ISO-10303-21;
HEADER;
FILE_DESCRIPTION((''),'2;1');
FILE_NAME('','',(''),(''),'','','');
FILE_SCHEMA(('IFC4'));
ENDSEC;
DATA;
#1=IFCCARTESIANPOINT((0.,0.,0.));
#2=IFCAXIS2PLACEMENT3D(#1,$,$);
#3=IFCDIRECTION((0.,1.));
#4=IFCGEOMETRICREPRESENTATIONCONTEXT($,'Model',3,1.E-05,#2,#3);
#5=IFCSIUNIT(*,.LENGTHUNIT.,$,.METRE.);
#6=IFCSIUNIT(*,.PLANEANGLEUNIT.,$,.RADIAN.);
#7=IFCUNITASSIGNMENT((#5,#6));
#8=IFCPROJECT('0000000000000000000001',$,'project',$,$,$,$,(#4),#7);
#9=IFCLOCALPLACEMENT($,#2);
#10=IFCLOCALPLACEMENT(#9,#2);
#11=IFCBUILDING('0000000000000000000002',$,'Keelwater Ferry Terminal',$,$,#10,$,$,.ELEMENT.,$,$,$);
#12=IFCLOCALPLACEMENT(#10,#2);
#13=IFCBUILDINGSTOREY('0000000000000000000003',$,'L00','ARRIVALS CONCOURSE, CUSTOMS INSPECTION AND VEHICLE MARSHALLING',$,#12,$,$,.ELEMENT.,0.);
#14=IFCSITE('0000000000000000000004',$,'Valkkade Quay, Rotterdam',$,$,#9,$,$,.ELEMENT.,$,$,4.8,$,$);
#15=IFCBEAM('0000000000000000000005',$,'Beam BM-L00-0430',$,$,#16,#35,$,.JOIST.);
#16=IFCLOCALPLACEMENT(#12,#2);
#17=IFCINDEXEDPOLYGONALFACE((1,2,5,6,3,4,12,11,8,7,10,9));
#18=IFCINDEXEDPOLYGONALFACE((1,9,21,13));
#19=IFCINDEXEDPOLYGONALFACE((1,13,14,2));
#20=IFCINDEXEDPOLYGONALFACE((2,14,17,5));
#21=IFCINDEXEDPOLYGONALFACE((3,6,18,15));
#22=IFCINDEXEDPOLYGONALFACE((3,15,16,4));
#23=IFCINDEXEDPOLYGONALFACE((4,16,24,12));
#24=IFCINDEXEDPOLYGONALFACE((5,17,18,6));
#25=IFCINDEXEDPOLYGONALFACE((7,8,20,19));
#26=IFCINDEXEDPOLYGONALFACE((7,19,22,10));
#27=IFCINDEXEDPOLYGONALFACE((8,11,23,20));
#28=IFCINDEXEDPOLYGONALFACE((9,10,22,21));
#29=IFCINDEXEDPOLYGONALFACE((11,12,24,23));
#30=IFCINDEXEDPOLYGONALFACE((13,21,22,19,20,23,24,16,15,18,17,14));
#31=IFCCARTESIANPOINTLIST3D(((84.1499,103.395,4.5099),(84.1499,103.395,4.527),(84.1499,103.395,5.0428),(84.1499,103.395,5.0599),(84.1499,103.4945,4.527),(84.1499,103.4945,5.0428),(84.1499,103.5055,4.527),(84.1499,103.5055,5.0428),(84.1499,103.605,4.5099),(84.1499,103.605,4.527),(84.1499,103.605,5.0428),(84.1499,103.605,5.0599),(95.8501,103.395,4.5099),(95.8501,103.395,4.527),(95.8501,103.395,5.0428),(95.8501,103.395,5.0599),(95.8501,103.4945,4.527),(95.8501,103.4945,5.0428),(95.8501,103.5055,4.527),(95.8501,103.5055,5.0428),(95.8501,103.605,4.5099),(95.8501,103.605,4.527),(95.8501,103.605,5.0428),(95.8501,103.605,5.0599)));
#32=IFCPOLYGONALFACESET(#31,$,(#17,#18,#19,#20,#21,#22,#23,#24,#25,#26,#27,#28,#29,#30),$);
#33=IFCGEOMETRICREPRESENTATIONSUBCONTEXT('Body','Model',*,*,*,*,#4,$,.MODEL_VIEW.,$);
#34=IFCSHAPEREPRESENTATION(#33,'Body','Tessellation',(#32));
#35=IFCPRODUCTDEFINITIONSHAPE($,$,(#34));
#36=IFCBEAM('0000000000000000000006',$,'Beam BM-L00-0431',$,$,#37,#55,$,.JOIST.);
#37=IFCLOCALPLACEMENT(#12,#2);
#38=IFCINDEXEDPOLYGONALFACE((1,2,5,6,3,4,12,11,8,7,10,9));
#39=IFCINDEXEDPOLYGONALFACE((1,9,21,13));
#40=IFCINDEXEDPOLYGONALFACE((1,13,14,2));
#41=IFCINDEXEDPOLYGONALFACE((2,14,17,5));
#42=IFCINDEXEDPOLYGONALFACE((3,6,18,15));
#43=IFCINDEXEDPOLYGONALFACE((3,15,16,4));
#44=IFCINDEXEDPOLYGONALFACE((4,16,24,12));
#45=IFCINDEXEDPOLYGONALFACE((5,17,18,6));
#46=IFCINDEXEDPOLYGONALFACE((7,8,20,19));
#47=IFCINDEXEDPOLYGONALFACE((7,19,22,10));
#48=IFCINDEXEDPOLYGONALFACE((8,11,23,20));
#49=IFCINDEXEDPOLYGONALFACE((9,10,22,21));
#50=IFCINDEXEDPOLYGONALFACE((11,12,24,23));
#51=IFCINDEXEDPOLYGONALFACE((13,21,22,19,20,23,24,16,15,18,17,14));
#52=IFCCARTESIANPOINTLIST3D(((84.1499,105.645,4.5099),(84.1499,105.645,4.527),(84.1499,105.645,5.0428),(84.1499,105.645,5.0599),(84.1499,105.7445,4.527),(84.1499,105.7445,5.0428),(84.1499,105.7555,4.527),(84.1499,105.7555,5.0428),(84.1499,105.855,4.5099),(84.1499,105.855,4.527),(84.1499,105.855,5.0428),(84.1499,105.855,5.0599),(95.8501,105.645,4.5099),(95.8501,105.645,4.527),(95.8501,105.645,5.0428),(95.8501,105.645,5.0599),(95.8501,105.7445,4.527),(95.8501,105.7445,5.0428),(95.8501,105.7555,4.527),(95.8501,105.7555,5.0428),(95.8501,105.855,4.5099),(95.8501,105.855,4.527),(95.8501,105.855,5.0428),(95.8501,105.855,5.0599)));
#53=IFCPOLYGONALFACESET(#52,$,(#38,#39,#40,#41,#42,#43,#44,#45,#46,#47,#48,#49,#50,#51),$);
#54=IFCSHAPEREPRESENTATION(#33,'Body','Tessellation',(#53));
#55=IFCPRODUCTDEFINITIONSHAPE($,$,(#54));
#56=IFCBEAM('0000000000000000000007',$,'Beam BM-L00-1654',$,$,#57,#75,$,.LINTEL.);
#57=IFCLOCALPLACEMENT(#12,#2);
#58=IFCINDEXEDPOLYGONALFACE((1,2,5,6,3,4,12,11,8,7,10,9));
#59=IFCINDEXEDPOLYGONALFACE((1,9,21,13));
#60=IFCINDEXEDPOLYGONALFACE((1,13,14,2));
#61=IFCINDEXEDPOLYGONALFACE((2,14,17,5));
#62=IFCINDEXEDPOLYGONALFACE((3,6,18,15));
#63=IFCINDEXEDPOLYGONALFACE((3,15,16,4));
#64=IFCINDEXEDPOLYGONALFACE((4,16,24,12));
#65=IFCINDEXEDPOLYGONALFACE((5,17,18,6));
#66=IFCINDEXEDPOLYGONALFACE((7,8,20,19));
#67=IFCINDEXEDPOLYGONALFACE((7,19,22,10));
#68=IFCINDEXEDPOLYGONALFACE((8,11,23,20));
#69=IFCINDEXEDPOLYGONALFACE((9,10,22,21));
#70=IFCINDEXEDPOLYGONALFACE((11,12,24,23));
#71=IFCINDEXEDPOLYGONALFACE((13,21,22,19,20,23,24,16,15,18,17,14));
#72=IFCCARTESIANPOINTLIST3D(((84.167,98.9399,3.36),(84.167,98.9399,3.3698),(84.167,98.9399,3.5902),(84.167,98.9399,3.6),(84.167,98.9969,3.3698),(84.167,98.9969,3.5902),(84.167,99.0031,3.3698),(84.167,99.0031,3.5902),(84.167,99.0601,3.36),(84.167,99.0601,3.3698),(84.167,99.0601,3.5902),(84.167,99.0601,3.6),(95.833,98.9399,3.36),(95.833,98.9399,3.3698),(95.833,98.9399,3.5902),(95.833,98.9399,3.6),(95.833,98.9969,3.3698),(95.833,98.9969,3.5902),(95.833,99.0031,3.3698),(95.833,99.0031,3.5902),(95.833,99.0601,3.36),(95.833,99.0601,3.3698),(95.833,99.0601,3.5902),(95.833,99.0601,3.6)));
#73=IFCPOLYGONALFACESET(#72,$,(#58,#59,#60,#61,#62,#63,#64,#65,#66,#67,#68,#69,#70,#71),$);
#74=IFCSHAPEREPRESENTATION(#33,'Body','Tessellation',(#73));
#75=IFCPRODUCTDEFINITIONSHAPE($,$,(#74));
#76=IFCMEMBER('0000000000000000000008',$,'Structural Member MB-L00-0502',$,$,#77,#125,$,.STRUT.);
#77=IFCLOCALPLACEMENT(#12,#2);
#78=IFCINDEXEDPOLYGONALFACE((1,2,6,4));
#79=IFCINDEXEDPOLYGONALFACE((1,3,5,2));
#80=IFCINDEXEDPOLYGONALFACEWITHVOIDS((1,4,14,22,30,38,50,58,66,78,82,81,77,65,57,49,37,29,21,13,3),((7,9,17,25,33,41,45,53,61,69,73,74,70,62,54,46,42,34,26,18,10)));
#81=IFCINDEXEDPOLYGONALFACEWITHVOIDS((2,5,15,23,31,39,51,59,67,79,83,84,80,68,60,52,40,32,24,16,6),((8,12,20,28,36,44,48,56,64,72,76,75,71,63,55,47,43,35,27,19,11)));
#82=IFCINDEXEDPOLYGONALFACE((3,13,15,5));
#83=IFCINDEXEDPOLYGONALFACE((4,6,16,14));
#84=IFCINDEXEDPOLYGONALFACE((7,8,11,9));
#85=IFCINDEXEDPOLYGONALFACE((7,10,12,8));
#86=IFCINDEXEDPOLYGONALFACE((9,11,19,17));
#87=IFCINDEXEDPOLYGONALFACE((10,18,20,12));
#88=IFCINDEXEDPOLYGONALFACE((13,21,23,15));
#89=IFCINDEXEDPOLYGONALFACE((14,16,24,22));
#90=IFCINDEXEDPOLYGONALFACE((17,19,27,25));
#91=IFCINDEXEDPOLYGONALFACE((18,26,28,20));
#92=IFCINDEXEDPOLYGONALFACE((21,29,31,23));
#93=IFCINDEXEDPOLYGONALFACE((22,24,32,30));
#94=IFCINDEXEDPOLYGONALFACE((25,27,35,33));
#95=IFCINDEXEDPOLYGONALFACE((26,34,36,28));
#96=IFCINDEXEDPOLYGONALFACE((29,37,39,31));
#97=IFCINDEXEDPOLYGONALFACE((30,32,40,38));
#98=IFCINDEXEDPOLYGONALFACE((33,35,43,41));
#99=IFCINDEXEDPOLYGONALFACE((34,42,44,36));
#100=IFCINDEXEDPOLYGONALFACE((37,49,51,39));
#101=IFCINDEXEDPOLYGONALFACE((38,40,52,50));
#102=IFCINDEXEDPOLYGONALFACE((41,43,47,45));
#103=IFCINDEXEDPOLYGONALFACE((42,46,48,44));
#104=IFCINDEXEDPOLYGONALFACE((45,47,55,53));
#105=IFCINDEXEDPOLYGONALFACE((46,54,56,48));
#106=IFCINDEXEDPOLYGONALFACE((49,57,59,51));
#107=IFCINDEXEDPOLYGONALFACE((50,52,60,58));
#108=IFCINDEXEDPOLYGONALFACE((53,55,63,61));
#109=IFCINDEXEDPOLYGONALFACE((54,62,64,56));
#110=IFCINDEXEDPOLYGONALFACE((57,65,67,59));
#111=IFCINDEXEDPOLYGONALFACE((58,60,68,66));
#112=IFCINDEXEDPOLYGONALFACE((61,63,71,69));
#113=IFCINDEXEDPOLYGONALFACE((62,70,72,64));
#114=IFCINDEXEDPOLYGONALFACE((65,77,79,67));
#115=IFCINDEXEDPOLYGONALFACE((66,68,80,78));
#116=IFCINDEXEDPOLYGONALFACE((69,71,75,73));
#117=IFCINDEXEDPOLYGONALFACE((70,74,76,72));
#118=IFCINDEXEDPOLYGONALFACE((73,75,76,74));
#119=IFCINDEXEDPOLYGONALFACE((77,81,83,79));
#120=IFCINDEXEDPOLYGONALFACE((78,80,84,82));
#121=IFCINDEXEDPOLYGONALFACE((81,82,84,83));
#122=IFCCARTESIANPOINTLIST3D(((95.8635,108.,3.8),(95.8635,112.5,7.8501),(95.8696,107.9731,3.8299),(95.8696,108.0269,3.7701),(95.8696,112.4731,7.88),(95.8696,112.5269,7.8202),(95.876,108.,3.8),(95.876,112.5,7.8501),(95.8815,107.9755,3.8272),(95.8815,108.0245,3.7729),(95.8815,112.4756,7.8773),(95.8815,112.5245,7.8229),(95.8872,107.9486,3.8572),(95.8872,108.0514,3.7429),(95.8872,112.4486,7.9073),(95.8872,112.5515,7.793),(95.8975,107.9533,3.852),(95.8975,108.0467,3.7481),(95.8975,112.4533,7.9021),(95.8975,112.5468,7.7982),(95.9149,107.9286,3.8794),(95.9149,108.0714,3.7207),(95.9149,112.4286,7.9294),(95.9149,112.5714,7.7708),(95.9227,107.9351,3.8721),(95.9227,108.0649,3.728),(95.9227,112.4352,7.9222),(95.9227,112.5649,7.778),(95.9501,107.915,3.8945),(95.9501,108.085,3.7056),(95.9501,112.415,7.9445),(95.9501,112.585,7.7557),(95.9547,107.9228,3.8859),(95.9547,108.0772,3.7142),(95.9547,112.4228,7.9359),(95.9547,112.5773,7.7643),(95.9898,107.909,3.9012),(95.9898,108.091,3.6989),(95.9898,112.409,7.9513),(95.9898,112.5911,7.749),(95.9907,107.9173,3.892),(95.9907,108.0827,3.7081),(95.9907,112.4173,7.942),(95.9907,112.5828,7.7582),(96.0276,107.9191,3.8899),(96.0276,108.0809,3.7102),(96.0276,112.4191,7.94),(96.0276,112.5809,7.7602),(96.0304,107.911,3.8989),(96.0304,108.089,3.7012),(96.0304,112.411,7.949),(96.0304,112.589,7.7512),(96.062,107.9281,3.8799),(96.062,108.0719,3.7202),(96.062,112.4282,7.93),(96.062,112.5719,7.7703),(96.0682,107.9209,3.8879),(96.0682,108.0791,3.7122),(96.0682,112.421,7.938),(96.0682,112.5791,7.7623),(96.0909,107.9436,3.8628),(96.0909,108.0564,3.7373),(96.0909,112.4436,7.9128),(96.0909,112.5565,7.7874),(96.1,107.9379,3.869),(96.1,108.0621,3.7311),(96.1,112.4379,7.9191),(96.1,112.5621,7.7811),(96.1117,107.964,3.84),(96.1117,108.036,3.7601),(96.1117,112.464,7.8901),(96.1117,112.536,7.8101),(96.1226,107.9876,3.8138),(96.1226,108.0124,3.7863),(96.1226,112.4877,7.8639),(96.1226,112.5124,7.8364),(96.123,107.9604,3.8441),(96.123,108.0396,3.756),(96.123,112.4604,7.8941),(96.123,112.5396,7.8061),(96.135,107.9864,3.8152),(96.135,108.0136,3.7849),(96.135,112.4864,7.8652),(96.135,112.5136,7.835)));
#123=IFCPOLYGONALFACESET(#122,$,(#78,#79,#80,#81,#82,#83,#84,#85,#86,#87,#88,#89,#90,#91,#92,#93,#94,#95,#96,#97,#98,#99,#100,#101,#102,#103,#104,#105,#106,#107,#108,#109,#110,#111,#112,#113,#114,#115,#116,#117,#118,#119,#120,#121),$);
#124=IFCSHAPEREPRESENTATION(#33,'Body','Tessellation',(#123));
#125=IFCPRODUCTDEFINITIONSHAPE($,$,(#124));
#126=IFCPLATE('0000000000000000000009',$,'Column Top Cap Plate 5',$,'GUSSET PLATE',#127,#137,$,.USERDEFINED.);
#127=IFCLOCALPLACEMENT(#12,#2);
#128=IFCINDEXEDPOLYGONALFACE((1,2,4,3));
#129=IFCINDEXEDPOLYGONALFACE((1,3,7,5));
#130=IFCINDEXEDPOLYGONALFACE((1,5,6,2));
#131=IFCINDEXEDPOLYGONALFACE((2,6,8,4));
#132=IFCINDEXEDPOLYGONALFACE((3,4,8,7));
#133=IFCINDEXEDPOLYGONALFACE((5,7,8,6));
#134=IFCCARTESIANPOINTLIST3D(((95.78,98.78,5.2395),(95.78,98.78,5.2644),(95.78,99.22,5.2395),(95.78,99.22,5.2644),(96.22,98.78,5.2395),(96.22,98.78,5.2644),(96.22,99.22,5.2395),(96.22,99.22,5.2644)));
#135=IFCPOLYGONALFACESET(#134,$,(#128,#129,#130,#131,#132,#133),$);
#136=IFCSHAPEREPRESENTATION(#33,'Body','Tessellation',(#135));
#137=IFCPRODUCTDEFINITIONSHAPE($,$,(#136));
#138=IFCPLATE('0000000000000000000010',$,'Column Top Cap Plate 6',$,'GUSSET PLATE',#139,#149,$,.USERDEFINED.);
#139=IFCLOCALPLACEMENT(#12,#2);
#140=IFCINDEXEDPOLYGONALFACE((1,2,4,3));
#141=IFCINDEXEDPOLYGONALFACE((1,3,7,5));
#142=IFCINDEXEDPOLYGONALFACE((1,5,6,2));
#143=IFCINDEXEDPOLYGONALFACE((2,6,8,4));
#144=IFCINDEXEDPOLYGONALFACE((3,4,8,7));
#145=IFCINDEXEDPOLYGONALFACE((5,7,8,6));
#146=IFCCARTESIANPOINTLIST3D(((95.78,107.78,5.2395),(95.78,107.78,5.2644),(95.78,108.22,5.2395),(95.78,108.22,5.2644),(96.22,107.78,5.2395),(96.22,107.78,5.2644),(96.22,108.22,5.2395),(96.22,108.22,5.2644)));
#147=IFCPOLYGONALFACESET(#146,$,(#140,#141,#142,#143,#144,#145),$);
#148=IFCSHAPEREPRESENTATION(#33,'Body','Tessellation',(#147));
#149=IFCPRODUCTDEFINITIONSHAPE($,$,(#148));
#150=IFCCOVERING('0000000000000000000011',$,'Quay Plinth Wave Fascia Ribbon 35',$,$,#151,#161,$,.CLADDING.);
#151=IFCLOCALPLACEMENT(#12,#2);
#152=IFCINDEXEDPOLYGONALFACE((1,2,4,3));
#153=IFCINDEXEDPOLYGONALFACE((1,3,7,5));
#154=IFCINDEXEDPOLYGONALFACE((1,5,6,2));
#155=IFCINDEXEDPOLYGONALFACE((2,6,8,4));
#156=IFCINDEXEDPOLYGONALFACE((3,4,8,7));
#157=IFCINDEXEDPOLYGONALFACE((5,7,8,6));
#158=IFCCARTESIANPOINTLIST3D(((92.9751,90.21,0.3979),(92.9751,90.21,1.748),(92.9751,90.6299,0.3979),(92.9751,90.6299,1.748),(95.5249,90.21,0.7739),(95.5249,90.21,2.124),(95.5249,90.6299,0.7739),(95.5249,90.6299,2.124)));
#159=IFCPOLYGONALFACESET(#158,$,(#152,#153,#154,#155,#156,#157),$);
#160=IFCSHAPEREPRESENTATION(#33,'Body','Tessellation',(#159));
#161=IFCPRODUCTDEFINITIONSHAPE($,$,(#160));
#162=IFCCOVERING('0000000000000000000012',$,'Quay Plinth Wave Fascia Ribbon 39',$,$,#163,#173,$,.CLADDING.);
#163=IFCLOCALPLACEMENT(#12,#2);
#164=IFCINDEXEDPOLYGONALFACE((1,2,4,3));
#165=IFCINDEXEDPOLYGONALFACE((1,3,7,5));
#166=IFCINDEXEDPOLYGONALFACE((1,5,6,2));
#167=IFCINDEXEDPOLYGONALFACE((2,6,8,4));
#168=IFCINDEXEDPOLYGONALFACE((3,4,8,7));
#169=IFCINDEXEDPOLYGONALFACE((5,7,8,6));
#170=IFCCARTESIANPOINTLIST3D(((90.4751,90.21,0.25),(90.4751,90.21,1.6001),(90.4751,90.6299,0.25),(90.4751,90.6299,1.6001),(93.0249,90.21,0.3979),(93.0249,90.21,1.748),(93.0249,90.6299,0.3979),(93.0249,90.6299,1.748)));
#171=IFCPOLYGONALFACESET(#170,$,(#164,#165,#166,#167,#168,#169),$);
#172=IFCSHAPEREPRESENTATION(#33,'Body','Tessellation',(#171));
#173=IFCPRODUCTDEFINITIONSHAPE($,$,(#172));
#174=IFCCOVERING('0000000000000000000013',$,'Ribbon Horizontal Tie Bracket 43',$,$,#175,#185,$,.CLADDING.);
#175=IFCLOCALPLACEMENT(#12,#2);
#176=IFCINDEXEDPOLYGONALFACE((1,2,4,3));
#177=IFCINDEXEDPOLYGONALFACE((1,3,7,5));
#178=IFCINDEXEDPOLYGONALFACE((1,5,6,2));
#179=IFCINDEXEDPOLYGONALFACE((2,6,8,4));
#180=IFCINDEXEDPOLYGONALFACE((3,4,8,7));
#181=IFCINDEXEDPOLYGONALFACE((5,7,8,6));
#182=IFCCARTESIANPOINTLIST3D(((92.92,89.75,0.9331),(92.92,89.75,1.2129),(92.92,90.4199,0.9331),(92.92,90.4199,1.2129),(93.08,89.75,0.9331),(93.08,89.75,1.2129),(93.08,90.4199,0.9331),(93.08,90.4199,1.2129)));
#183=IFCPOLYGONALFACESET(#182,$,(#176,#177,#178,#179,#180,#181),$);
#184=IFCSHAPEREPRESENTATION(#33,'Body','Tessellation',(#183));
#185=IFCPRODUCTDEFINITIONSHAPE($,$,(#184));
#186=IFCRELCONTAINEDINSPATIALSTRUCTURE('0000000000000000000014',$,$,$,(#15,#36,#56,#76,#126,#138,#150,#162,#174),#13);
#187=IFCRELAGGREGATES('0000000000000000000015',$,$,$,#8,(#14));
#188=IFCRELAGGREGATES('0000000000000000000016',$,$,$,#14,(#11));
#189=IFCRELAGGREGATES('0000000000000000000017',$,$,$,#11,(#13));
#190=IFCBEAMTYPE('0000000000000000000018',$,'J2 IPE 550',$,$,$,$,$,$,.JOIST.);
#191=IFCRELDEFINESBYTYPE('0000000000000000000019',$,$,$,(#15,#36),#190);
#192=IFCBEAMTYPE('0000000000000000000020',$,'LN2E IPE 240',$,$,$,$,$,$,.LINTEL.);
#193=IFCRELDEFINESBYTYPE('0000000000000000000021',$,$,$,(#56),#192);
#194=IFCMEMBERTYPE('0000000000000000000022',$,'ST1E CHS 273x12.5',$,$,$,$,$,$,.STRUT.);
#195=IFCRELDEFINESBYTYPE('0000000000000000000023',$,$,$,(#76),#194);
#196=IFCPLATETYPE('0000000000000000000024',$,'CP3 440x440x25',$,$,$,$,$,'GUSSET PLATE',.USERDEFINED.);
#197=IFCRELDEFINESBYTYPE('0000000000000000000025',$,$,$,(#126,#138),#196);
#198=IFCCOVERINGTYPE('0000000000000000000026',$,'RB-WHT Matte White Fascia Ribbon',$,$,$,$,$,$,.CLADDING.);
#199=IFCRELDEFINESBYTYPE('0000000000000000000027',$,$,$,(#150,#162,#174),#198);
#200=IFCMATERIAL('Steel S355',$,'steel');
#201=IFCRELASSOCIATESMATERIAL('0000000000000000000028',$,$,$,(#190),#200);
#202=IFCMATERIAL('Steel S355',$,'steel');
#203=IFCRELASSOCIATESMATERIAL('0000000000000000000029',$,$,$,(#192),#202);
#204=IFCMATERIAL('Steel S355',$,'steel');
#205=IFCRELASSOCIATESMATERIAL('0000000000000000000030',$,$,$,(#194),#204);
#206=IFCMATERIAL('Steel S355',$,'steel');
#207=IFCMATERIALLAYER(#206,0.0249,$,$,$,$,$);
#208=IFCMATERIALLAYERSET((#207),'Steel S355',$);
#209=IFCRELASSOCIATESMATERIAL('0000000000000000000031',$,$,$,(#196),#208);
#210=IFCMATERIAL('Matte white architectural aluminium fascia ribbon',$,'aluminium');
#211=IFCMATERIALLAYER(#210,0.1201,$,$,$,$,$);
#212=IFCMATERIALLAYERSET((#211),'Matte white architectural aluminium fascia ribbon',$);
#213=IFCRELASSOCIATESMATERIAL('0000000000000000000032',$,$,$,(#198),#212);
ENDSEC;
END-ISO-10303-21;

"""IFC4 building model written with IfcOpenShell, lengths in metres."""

from ifc_helpers import new_model, si_unit, direction, frame, frame_2d, origin, origin_2d, place, context, subcontext, project, spatial, polyline, rectangle, hollow_circle, i_section, outline, extrude, material, layer, layer_set, material_profile, profile_set, type_object, element, save


model = new_model("IFC4")

# Units and contexts
model_context = context("Model", 3, precision=1e-05, world=origin(), true_north=direction((0.0, 1.0)))
body_context = subcontext(model_context, "Body", "Model", "MODEL_VIEW")
ifc_project = project(units=[si_unit("LENGTHUNIT", "METRE"), si_unit("PLANEANGLEUNIT", "RADIAN")], contexts=[model_context])

# Site, building, storey
site_placement = place(None, origin())
site = spatial("IfcSite", under=ifc_project, at=site_placement, Name="Valkkade Quay, Rotterdam", CompositionType="ELEMENT", RefElevation=4.8)
building_placement = place(site_placement, origin())
building = spatial("IfcBuilding", under=site, at=building_placement, Name="Keelwater Ferry Terminal", CompositionType="ELEMENT")
storey_placement = place(building_placement, origin())
storey = spatial("IfcBuildingStorey", under=building, at=storey_placement, Name="L00", Description="ARRIVALS CONCOURSE, CUSTOMS INSPECTION AND VEHICLE MARSHALLING", CompositionType="ELEMENT", Elevation=0.0)

# Beams
ifc_material_1 = material(Name="Steel S355", Category="steel")
ifc_material_profile_1 = material_profile(ifc_material_1, i_section(OverallWidth=0.21, OverallDepth=0.55, WebThickness=0.011, FlangeThickness=0.0171, at=origin_2d()), Name="IPE 550")
ifc_profile_set_1 = profile_set([ifc_material_profile_1], Name="Steel S355")
beam_type_1 = type_object("IfcBeamType", Name="J2 IPE 550", PredefinedType="JOIST", material=ifc_profile_set_1)
for number, where, z_axis, x_axis, name in (
    (1, (84.1499, 103.5, 4.7849), (1.0, 0.0, 0.0), (0.0, 1.0, 0.0), "Beam BM-L00-0430"),
    (2, (84.1499, 105.75, 4.7849), (1.0, 0.0, 0.0), (0.0, 1.0, 0.0), "Beam BM-L00-0431"),
):
    element("IfcBeam", number, at=place(storey_placement, frame(where, z_axis=z_axis, x_axis=x_axis)), inside=storey, type_object=beam_type_1, Name=name, PredefinedType="JOIST", context=body_context, shape_type="SweptSolid", body=[
        extrude(i_section(OverallWidth=0.21, OverallDepth=0.55, WebThickness=0.011, FlangeThickness=0.0171, at=origin_2d()), origin(), (0.0, 0.0, 1.0), 11.7002),
    ])
ifc_material_2 = material(Name="Steel S355", Category="steel")
ifc_material_profile_2 = material_profile(ifc_material_2, i_section(OverallWidth=0.1201, OverallDepth=0.24, WebThickness=0.0061, FlangeThickness=0.0098, at=origin_2d()), Name="IPE 240")
ifc_profile_set_2 = profile_set([ifc_material_profile_2], Name="Steel S355")
beam_type_2 = type_object("IfcBeamType", Name="LN2E IPE 240", PredefinedType="LINTEL", material=ifc_profile_set_2)
beam_1_placement = place(storey_placement, frame((84.167, 99.0, 3.48), z_axis=(1.0, 0.0, 0.0), x_axis=(0.0, 1.0, 0.0)))
element("IfcBeam", 3, at=beam_1_placement, inside=storey, type_object=beam_type_2, Name="Beam BM-L00-1654", PredefinedType="LINTEL", context=body_context, shape_type="SweptSolid", body=[
    extrude(i_section(OverallWidth=0.1201, OverallDepth=0.24, WebThickness=0.0061, FlangeThickness=0.0098, at=origin_2d()), origin(), (0.0, 0.0, 1.0), 11.666),
])

# Member
ifc_material_3 = material(Name="Steel S355", Category="steel")
ifc_material_profile_3 = material_profile(ifc_material_3, hollow_circle(Radius=0.1365, WallThickness=0.0125, at=origin_2d()), Name="CHS 273x12.5")
ifc_profile_set_3 = profile_set([ifc_material_profile_3], Name="Steel S355")
member_type = type_object("IfcMemberType", Name="ST1E CHS 273x12.5", PredefinedType="STRUT", material=ifc_profile_set_3)
member_placement = place(storey_placement, frame((96.0, 108.0, 3.8), z_axis=(0.0, 0.74329, 0.668969), x_axis=(-1.0, 0.0, 0.0)))
element("IfcMember", 4, at=member_placement, inside=storey, type_object=member_type, Name="Structural Member MB-L00-0502", PredefinedType="STRUT", context=body_context, shape_type="SweptSolid", body=[
    extrude(hollow_circle(Radius=0.1365, WallThickness=0.0125, at=origin_2d()), origin(), (0.0, 0.0, 1.0), 6.0542),
])

# Plates
ifc_material_4 = material(Name="Steel S355", Category="steel")
ifc_layer_1 = layer(ifc_material_4, 0.0249)
ifc_layer_set_1 = layer_set([ifc_layer_1], Name="Steel S355")
plate_type = type_object("IfcPlateType", Name="CP3 440x440x25", ElementType="GUSSET PLATE", PredefinedType="USERDEFINED", material=ifc_layer_set_1)
for number, where, z_axis, x_axis, name in (
    (5, (96.0, 99.0, 5.2395), (0.0, 0.0, 1.0), (1.0, 0.0, 0.0), "Column Top Cap Plate 5"),
    (6, (96.0, 108.0, 5.2395), (0.0, 0.0, 1.0), (1.0, 0.0, 0.0), "Column Top Cap Plate 6"),
):
    element("IfcPlate", number, at=place(storey_placement, frame(where, z_axis=z_axis, x_axis=x_axis)), inside=storey, type_object=plate_type, Name=name, ObjectType="GUSSET PLATE", PredefinedType="USERDEFINED", context=body_context, shape_type="SweptSolid", body=[
        extrude(rectangle(XDim=0.4399, YDim=0.4399, at=origin_2d()), origin(), (0.0, 0.0, 1.0), 0.0249),
    ])

# Coverings
ifc_material_5 = material(Name="Matte white architectural aluminium fascia ribbon", Category="aluminium")
ifc_layer_2 = layer(ifc_material_5, 0.1201)
ifc_layer_set_2 = layer_set([ifc_layer_2], Name="Matte white architectural aluminium fascia ribbon")
covering_type = type_object("IfcCoveringType", Name="RB-WHT Matte White Fascia Ribbon", PredefinedType="CLADDING", material=ifc_layer_set_2)
covering_1_placement = place(storey_placement, frame((95.5249, 90.4199, 0.3979), z_axis=(0.0, 0.0, 1.0), x_axis=(-1.0, 0.0, 0.0)))
element("IfcCovering", 7, at=covering_1_placement, inside=storey, type_object=covering_type, Name="Quay Plinth Wave Fascia Ribbon 35", PredefinedType="CLADDING", context=body_context, shape_type="SweptSolid", body=[
    extrude(outline(polyline([(0.0, 0.376), (2.5498, 0.0), (2.5498, 1.3501), (0.0, 1.7261), (0.0, 0.376)])), frame((0.0, 0.21, 0.0), z_axis=(0.0, -1.0, 0.0), x_axis=(1.0, 0.0, 0.0)), (0.0, 0.0, 1.0), 0.4199),
])
covering_2_placement = place(storey_placement, frame((93.0249, 90.4199, 0.25), z_axis=(0.0, 0.0, 1.0), x_axis=(-1.0, 0.0, 0.0)))
element("IfcCovering", 8, at=covering_2_placement, inside=storey, type_object=covering_type, Name="Quay Plinth Wave Fascia Ribbon 39", PredefinedType="CLADDING", context=body_context, shape_type="SweptSolid", body=[
    extrude(outline(polyline([(0.0, 0.1479), (2.5498, 0.0), (2.5498, 1.3501), (0.0, 1.498), (0.0, 0.1479)])), frame((0.0, 0.21, 0.0), z_axis=(0.0, -1.0, 0.0), x_axis=(1.0, 0.0, 0.0)), (0.0, 0.0, 1.0), 0.4199),
])
covering_3_placement = place(storey_placement, frame((93.0, 90.4199, 0.9331), z_axis=(0.0, 0.0, 1.0), x_axis=(0.0, -1.0, 0.0)))
element("IfcCovering", 9, at=covering_3_placement, inside=storey, type_object=covering_type, Name="Ribbon Horizontal Tie Bracket 43", PredefinedType="CLADDING", context=body_context, shape_type="SweptSolid", body=[
    extrude(rectangle(XDim=0.6699, YDim=0.1599, at=frame_2d((0.335, 0.0))), origin(), (0.0, 0.0, 1.0), 0.2798),
])

save(model, "model.ifc")
